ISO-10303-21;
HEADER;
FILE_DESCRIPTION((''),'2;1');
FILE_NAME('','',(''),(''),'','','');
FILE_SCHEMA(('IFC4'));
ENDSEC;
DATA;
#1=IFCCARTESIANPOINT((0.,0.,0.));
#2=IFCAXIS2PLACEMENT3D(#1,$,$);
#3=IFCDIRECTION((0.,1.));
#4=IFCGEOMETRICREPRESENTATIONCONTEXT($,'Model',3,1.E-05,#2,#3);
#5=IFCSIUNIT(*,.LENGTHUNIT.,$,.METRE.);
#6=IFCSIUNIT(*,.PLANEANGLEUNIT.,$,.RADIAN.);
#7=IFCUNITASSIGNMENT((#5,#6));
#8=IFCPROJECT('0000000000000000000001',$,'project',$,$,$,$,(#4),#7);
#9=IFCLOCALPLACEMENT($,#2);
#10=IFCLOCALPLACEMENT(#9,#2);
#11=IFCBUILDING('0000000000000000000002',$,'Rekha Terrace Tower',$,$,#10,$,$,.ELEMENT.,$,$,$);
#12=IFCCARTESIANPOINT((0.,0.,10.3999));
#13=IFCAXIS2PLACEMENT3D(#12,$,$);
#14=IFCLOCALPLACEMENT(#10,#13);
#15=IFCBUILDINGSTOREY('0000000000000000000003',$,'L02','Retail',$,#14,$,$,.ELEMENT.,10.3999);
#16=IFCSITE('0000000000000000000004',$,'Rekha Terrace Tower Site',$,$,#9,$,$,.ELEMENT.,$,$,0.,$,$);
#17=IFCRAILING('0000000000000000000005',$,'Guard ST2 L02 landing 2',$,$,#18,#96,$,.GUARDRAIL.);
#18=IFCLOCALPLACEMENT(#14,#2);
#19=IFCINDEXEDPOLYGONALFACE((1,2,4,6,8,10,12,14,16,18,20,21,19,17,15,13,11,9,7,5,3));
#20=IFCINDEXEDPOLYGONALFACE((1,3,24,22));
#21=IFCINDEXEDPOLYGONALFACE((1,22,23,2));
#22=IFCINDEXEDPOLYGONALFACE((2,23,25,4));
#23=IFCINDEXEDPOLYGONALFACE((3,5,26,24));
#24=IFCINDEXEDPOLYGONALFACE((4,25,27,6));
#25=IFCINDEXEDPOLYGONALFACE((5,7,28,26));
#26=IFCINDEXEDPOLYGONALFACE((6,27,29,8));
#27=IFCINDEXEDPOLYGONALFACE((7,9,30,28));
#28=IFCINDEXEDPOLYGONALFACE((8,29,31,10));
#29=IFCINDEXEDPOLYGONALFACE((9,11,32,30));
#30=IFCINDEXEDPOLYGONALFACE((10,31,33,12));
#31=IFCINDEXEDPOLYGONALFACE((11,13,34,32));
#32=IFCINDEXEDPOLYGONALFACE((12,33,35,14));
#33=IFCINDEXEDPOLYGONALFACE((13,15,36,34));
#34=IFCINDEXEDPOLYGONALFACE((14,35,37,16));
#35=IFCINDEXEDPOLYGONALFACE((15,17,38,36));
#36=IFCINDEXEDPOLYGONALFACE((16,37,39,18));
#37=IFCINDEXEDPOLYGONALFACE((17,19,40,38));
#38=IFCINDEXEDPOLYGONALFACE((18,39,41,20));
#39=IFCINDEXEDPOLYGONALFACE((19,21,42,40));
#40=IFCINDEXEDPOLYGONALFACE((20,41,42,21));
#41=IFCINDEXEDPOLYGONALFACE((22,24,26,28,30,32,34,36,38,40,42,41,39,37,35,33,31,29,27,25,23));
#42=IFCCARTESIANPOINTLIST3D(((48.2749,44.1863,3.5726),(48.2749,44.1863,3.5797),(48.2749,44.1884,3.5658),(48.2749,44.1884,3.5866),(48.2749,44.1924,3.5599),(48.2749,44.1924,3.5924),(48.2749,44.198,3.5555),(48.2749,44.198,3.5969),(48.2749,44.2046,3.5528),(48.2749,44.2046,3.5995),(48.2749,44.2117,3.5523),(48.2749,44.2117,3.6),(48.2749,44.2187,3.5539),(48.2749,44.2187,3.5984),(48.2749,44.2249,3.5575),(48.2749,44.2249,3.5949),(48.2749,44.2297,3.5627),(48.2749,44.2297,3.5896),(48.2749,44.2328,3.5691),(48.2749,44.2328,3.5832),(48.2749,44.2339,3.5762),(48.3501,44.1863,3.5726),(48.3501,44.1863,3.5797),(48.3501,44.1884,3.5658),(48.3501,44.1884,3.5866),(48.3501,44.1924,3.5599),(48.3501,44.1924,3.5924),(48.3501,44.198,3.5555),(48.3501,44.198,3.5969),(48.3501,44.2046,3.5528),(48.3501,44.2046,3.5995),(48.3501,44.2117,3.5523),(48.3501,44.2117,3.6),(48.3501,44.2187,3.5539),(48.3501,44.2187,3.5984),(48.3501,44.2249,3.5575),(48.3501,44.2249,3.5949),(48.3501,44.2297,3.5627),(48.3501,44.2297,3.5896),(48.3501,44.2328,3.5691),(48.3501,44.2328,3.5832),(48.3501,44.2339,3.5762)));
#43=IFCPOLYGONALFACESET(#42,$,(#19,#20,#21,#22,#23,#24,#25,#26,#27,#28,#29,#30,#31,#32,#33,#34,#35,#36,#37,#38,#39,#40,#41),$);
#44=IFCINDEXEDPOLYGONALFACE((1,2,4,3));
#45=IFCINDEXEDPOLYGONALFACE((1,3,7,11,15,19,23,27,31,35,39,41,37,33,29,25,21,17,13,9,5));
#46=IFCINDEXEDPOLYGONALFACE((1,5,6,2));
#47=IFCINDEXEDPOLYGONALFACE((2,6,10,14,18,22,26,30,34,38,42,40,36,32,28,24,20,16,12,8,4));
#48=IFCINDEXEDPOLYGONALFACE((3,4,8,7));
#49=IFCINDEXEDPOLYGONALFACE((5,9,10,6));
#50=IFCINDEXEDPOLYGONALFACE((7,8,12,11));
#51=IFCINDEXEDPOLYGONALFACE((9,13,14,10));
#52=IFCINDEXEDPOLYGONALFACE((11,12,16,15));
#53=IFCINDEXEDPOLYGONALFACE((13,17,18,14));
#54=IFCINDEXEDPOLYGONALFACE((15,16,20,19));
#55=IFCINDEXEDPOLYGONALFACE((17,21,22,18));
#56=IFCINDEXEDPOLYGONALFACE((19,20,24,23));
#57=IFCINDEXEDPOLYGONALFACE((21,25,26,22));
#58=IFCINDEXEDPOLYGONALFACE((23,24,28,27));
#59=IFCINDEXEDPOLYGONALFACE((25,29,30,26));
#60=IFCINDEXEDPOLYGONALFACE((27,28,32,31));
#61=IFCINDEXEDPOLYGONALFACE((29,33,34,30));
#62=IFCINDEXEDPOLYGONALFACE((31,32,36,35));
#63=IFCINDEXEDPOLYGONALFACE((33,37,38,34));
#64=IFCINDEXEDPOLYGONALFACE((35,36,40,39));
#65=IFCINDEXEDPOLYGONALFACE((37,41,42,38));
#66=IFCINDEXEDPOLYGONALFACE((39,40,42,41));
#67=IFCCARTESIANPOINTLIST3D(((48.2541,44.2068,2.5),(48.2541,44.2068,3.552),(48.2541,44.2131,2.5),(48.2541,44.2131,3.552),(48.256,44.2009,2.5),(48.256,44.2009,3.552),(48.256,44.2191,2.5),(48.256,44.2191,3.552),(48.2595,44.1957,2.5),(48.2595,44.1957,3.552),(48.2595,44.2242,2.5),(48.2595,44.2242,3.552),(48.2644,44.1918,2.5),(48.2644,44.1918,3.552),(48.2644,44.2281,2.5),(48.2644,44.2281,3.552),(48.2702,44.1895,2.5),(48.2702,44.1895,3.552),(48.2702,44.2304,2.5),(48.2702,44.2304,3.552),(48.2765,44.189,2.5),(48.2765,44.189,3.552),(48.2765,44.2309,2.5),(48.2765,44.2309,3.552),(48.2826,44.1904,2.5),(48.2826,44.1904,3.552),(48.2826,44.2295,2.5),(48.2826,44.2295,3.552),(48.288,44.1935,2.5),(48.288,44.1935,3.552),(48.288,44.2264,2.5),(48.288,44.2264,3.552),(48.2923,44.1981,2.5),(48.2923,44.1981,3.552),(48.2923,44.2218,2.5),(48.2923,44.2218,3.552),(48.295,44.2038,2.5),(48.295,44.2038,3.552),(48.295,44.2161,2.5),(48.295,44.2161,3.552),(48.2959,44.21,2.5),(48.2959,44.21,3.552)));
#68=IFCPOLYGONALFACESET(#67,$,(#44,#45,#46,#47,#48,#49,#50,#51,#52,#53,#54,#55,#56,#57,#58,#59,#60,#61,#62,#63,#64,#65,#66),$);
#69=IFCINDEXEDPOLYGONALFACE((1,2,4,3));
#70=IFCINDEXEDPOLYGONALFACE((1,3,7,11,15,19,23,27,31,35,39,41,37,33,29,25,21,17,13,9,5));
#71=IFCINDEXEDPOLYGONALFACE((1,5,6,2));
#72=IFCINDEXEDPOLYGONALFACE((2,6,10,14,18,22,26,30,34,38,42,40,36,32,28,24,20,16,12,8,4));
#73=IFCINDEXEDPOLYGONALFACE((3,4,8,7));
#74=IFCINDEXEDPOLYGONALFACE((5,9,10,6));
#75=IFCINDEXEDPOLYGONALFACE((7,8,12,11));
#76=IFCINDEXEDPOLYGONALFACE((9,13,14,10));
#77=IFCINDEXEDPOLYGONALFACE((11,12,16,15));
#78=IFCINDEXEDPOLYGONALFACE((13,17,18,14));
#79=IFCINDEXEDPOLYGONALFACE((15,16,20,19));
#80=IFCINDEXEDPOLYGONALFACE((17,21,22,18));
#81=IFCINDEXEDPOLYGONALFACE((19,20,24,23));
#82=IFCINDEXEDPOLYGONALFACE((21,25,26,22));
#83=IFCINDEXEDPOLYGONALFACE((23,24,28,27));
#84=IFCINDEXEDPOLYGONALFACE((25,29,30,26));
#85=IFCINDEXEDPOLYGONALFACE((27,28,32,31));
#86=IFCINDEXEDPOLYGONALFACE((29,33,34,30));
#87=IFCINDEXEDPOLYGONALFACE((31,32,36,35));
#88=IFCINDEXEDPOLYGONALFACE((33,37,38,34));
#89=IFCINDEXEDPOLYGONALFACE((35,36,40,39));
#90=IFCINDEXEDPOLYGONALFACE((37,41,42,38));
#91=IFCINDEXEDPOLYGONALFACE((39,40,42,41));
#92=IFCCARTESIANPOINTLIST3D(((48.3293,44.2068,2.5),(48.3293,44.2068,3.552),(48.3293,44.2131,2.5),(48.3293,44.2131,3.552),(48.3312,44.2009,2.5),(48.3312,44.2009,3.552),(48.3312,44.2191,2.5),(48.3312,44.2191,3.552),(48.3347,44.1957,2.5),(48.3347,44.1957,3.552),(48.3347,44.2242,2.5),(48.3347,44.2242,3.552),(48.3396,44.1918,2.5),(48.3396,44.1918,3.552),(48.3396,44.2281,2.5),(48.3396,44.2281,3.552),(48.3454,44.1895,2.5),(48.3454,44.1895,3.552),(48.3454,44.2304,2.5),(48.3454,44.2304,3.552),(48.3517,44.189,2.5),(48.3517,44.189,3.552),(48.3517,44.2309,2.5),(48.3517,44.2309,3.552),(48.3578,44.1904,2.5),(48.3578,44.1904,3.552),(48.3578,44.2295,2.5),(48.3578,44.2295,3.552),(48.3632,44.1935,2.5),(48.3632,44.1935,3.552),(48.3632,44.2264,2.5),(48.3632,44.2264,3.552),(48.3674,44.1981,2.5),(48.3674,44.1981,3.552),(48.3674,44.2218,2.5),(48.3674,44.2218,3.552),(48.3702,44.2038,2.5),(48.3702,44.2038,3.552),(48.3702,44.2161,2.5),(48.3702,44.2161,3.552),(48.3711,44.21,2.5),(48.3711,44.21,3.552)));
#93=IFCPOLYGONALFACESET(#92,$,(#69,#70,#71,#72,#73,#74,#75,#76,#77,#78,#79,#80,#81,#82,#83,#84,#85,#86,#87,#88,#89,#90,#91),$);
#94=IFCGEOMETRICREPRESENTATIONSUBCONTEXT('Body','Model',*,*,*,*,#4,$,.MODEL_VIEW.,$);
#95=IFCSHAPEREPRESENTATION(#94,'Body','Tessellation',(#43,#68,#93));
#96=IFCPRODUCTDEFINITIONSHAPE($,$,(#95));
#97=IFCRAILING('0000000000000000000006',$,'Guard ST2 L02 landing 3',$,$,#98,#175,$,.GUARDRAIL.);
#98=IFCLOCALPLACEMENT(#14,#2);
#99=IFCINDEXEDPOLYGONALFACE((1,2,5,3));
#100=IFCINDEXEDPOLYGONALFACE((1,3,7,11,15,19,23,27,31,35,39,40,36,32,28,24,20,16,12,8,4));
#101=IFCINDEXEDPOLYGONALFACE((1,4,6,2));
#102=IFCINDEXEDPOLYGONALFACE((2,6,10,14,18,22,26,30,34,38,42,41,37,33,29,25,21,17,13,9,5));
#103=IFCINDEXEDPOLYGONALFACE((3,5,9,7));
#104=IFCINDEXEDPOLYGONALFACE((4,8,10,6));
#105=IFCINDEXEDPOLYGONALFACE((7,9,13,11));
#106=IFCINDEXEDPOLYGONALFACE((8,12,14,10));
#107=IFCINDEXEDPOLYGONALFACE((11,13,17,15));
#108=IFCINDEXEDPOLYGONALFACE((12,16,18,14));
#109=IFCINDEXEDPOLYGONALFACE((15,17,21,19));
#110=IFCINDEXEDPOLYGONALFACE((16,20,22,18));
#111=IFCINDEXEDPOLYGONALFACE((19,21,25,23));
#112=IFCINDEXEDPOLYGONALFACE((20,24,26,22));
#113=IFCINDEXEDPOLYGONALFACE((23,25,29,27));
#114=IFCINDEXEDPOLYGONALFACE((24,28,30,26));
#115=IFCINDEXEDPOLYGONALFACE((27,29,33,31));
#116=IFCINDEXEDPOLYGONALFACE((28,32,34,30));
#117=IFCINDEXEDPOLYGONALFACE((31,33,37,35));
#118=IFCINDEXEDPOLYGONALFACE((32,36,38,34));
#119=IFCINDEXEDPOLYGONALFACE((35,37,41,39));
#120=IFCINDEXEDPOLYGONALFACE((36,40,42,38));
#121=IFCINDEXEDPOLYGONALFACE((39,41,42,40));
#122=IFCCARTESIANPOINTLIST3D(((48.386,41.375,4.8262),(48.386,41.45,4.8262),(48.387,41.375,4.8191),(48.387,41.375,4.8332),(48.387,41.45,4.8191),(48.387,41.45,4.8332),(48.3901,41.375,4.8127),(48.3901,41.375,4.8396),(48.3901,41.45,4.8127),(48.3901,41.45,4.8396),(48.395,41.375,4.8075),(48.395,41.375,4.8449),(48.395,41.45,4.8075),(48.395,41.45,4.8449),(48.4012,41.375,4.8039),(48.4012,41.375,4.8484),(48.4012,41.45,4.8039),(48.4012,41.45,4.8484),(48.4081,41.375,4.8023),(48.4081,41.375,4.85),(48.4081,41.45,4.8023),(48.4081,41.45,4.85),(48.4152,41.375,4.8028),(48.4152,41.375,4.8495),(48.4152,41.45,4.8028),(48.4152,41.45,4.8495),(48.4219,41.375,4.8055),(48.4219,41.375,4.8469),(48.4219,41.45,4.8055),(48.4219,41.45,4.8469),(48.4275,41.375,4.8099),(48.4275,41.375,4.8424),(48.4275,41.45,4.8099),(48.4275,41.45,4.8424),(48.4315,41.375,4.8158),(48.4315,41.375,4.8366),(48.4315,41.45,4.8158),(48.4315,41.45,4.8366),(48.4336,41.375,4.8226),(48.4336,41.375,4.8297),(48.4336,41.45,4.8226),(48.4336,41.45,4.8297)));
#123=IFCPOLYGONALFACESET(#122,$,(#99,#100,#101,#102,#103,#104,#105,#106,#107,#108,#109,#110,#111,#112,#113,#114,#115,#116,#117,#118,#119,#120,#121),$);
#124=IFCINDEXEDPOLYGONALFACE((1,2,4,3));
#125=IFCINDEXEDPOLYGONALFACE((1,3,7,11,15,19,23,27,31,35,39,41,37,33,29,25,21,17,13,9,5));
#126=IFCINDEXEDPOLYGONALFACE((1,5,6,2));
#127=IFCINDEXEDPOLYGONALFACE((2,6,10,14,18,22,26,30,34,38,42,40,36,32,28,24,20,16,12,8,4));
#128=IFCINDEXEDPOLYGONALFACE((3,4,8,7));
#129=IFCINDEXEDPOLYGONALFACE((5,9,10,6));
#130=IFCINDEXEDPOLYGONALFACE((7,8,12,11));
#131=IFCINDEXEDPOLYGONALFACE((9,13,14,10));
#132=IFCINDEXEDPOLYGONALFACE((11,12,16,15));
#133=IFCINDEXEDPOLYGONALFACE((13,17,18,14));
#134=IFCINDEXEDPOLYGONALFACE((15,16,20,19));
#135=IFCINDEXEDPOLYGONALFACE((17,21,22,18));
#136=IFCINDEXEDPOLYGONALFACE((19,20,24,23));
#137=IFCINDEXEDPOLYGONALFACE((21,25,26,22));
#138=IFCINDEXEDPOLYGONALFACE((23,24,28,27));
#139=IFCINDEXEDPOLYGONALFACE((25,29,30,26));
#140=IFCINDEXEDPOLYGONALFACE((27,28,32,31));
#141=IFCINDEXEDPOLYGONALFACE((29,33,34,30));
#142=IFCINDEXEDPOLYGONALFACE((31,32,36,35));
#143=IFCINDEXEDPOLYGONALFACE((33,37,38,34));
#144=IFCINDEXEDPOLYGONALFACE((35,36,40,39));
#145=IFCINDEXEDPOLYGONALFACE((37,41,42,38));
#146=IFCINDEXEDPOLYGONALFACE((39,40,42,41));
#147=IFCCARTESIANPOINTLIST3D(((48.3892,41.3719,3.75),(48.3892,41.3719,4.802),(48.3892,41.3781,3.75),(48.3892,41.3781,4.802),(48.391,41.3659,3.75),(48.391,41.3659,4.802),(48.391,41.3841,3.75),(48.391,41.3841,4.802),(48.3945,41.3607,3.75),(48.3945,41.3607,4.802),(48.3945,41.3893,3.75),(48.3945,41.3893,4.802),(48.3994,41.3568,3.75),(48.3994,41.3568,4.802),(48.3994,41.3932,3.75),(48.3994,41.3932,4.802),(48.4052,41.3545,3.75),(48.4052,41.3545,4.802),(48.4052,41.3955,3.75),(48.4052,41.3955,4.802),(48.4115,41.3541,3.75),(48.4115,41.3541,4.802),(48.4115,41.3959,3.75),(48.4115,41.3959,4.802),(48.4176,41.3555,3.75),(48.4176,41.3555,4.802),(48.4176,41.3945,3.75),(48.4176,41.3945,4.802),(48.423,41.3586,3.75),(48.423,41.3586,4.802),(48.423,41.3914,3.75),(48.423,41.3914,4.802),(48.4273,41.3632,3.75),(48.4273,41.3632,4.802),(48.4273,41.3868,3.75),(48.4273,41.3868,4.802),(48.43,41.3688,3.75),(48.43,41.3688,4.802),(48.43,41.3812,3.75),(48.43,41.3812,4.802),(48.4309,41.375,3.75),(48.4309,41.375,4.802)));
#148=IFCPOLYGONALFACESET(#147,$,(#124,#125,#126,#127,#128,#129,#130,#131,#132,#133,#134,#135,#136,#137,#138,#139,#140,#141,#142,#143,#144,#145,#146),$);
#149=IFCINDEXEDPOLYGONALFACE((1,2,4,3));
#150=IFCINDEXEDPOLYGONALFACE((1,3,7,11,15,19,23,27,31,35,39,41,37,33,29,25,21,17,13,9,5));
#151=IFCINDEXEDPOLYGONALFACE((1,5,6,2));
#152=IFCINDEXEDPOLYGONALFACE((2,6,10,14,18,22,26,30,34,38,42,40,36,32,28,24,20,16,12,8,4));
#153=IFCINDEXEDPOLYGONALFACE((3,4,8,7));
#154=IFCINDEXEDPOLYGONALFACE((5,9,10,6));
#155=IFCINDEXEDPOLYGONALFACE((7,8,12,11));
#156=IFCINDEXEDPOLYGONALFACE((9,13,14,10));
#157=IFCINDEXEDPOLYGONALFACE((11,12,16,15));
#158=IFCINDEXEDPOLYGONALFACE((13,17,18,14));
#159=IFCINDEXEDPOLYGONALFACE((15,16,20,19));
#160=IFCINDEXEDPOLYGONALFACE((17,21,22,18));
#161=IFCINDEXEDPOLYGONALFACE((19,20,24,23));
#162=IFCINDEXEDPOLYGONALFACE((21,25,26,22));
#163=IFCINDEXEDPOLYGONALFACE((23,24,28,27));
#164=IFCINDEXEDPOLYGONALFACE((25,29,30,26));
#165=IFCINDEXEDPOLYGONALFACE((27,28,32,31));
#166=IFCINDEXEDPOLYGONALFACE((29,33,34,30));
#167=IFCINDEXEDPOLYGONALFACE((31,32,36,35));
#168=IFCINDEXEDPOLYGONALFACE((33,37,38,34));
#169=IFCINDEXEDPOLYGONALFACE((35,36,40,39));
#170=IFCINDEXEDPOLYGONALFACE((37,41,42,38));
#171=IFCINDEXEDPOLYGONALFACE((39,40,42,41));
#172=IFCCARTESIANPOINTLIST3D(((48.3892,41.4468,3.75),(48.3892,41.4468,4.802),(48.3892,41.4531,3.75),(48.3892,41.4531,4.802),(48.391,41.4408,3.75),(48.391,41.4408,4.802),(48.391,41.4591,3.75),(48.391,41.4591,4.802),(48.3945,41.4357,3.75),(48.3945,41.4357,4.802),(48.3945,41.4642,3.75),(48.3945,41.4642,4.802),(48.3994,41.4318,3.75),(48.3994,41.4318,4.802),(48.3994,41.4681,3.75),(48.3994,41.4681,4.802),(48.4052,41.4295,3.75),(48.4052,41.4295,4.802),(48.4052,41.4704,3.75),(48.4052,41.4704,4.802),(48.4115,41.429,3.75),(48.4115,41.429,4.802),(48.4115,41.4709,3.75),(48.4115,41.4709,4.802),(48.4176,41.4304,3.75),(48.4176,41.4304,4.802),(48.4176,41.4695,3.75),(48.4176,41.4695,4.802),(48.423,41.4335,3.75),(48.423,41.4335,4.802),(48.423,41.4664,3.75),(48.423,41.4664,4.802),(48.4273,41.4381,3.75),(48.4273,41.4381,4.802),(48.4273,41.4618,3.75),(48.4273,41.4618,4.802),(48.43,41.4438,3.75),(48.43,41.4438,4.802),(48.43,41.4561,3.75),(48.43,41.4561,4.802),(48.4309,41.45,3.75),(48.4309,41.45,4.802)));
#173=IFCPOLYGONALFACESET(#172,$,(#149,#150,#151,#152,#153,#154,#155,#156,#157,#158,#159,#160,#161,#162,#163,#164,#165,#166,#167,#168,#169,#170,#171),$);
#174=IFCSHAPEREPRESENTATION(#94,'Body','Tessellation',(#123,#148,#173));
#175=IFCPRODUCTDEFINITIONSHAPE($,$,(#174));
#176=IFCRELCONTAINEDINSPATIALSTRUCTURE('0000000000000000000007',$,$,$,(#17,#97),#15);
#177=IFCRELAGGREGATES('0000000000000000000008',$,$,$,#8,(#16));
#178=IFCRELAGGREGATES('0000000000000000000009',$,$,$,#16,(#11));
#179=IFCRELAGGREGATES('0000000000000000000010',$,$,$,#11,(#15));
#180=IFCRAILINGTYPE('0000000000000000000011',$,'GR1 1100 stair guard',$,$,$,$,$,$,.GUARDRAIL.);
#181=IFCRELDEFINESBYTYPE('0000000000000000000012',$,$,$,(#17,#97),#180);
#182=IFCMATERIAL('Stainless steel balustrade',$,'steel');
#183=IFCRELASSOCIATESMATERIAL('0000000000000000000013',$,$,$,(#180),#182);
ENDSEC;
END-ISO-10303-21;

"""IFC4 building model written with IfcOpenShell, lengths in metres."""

from ifc_helpers import new_model, si_unit, direction, frame, origin, origin_2d, place, context, subcontext, project, spatial, circle, extrude, material, type_object, element, save


model = new_model("IFC4")

# Units and contexts
model_context = context("Model", 3, precision=1e-05, world=origin(), true_north=direction((0.0, 1.0)))
body_context = subcontext(model_context, "Body", "Model", "MODEL_VIEW")
ifc_project = project(units=[si_unit("LENGTHUNIT", "METRE"), si_unit("PLANEANGLEUNIT", "RADIAN")], contexts=[model_context])

# Site, building, storey
site_placement = place(None, origin())
site = spatial("IfcSite", under=ifc_project, at=site_placement, Name="Rekha Terrace Tower Site", CompositionType="ELEMENT", RefElevation=0.0)
building_placement = place(site_placement, origin())
building = spatial("IfcBuilding", under=site, at=building_placement, Name="Rekha Terrace Tower", CompositionType="ELEMENT")
storey_placement = place(building_placement, frame((0.0, 0.0, 10.3999)))
storey = spatial("IfcBuildingStorey", under=building, at=storey_placement, Name="L02", Description="Retail", CompositionType="ELEMENT", Elevation=10.3999)

# Railings
ifc_material_1 = material(Name="Stainless steel balustrade", Category="steel")
railing_type_1 = type_object("IfcRailingType", Name="GR1 1100 stair guard", PredefinedType="GUARDRAIL", material=ifc_material_1)
railing_1_placement = place(storey_placement, frame((48.2749, 44.21, 2.5)))
element("IfcRailing", 1, at=railing_1_placement, inside=storey, type_object=railing_type_1, Name="Guard ST2 L02 landing 2", PredefinedType="GUARDRAIL", context=body_context, shape_type="SweptSolid", body=[
    extrude(circle(Radius=0.0239, at=origin_2d()), frame((0.0, 0.0, 1.0762), z_axis=(1.0, 0.0, 0.0), x_axis=(0.0, 1.0, 0.0)), (0.0, 0.0, 1.0), 0.0752),
    extrude(circle(Radius=0.021, at=origin_2d()), origin(), (0.0, 0.0, 1.0), 1.052),
    extrude(circle(Radius=0.021, at=origin_2d()), frame((0.0752, 0.0, 0.0)), (0.0, 0.0, 1.0), 1.052),
])
railing_2_placement = place(storey_placement, frame((48.4099, 41.375, 3.75)))
element("IfcRailing", 2, at=railing_2_placement, inside=storey, type_object=railing_type_1, Name="Guard ST2 L02 landing 3", PredefinedType="GUARDRAIL", context=body_context, shape_type="SweptSolid", body=[
    extrude(circle(Radius=0.0239, at=origin_2d()), frame((0.0, 0.0, 1.0762), z_axis=(0.0, 1.0, 0.0), x_axis=(-1.0, 0.0, 0.0)), (0.0, 0.0, 1.0), 0.075),
    extrude(circle(Radius=0.021, at=origin_2d()), origin(), (0.0, 0.0, 1.0), 1.052),
    extrude(circle(Radius=0.021, at=origin_2d()), frame((0.0, 0.075, 0.0)), (0.0, 0.0, 1.0), 1.052),
])

save(model, "model.ifc")
